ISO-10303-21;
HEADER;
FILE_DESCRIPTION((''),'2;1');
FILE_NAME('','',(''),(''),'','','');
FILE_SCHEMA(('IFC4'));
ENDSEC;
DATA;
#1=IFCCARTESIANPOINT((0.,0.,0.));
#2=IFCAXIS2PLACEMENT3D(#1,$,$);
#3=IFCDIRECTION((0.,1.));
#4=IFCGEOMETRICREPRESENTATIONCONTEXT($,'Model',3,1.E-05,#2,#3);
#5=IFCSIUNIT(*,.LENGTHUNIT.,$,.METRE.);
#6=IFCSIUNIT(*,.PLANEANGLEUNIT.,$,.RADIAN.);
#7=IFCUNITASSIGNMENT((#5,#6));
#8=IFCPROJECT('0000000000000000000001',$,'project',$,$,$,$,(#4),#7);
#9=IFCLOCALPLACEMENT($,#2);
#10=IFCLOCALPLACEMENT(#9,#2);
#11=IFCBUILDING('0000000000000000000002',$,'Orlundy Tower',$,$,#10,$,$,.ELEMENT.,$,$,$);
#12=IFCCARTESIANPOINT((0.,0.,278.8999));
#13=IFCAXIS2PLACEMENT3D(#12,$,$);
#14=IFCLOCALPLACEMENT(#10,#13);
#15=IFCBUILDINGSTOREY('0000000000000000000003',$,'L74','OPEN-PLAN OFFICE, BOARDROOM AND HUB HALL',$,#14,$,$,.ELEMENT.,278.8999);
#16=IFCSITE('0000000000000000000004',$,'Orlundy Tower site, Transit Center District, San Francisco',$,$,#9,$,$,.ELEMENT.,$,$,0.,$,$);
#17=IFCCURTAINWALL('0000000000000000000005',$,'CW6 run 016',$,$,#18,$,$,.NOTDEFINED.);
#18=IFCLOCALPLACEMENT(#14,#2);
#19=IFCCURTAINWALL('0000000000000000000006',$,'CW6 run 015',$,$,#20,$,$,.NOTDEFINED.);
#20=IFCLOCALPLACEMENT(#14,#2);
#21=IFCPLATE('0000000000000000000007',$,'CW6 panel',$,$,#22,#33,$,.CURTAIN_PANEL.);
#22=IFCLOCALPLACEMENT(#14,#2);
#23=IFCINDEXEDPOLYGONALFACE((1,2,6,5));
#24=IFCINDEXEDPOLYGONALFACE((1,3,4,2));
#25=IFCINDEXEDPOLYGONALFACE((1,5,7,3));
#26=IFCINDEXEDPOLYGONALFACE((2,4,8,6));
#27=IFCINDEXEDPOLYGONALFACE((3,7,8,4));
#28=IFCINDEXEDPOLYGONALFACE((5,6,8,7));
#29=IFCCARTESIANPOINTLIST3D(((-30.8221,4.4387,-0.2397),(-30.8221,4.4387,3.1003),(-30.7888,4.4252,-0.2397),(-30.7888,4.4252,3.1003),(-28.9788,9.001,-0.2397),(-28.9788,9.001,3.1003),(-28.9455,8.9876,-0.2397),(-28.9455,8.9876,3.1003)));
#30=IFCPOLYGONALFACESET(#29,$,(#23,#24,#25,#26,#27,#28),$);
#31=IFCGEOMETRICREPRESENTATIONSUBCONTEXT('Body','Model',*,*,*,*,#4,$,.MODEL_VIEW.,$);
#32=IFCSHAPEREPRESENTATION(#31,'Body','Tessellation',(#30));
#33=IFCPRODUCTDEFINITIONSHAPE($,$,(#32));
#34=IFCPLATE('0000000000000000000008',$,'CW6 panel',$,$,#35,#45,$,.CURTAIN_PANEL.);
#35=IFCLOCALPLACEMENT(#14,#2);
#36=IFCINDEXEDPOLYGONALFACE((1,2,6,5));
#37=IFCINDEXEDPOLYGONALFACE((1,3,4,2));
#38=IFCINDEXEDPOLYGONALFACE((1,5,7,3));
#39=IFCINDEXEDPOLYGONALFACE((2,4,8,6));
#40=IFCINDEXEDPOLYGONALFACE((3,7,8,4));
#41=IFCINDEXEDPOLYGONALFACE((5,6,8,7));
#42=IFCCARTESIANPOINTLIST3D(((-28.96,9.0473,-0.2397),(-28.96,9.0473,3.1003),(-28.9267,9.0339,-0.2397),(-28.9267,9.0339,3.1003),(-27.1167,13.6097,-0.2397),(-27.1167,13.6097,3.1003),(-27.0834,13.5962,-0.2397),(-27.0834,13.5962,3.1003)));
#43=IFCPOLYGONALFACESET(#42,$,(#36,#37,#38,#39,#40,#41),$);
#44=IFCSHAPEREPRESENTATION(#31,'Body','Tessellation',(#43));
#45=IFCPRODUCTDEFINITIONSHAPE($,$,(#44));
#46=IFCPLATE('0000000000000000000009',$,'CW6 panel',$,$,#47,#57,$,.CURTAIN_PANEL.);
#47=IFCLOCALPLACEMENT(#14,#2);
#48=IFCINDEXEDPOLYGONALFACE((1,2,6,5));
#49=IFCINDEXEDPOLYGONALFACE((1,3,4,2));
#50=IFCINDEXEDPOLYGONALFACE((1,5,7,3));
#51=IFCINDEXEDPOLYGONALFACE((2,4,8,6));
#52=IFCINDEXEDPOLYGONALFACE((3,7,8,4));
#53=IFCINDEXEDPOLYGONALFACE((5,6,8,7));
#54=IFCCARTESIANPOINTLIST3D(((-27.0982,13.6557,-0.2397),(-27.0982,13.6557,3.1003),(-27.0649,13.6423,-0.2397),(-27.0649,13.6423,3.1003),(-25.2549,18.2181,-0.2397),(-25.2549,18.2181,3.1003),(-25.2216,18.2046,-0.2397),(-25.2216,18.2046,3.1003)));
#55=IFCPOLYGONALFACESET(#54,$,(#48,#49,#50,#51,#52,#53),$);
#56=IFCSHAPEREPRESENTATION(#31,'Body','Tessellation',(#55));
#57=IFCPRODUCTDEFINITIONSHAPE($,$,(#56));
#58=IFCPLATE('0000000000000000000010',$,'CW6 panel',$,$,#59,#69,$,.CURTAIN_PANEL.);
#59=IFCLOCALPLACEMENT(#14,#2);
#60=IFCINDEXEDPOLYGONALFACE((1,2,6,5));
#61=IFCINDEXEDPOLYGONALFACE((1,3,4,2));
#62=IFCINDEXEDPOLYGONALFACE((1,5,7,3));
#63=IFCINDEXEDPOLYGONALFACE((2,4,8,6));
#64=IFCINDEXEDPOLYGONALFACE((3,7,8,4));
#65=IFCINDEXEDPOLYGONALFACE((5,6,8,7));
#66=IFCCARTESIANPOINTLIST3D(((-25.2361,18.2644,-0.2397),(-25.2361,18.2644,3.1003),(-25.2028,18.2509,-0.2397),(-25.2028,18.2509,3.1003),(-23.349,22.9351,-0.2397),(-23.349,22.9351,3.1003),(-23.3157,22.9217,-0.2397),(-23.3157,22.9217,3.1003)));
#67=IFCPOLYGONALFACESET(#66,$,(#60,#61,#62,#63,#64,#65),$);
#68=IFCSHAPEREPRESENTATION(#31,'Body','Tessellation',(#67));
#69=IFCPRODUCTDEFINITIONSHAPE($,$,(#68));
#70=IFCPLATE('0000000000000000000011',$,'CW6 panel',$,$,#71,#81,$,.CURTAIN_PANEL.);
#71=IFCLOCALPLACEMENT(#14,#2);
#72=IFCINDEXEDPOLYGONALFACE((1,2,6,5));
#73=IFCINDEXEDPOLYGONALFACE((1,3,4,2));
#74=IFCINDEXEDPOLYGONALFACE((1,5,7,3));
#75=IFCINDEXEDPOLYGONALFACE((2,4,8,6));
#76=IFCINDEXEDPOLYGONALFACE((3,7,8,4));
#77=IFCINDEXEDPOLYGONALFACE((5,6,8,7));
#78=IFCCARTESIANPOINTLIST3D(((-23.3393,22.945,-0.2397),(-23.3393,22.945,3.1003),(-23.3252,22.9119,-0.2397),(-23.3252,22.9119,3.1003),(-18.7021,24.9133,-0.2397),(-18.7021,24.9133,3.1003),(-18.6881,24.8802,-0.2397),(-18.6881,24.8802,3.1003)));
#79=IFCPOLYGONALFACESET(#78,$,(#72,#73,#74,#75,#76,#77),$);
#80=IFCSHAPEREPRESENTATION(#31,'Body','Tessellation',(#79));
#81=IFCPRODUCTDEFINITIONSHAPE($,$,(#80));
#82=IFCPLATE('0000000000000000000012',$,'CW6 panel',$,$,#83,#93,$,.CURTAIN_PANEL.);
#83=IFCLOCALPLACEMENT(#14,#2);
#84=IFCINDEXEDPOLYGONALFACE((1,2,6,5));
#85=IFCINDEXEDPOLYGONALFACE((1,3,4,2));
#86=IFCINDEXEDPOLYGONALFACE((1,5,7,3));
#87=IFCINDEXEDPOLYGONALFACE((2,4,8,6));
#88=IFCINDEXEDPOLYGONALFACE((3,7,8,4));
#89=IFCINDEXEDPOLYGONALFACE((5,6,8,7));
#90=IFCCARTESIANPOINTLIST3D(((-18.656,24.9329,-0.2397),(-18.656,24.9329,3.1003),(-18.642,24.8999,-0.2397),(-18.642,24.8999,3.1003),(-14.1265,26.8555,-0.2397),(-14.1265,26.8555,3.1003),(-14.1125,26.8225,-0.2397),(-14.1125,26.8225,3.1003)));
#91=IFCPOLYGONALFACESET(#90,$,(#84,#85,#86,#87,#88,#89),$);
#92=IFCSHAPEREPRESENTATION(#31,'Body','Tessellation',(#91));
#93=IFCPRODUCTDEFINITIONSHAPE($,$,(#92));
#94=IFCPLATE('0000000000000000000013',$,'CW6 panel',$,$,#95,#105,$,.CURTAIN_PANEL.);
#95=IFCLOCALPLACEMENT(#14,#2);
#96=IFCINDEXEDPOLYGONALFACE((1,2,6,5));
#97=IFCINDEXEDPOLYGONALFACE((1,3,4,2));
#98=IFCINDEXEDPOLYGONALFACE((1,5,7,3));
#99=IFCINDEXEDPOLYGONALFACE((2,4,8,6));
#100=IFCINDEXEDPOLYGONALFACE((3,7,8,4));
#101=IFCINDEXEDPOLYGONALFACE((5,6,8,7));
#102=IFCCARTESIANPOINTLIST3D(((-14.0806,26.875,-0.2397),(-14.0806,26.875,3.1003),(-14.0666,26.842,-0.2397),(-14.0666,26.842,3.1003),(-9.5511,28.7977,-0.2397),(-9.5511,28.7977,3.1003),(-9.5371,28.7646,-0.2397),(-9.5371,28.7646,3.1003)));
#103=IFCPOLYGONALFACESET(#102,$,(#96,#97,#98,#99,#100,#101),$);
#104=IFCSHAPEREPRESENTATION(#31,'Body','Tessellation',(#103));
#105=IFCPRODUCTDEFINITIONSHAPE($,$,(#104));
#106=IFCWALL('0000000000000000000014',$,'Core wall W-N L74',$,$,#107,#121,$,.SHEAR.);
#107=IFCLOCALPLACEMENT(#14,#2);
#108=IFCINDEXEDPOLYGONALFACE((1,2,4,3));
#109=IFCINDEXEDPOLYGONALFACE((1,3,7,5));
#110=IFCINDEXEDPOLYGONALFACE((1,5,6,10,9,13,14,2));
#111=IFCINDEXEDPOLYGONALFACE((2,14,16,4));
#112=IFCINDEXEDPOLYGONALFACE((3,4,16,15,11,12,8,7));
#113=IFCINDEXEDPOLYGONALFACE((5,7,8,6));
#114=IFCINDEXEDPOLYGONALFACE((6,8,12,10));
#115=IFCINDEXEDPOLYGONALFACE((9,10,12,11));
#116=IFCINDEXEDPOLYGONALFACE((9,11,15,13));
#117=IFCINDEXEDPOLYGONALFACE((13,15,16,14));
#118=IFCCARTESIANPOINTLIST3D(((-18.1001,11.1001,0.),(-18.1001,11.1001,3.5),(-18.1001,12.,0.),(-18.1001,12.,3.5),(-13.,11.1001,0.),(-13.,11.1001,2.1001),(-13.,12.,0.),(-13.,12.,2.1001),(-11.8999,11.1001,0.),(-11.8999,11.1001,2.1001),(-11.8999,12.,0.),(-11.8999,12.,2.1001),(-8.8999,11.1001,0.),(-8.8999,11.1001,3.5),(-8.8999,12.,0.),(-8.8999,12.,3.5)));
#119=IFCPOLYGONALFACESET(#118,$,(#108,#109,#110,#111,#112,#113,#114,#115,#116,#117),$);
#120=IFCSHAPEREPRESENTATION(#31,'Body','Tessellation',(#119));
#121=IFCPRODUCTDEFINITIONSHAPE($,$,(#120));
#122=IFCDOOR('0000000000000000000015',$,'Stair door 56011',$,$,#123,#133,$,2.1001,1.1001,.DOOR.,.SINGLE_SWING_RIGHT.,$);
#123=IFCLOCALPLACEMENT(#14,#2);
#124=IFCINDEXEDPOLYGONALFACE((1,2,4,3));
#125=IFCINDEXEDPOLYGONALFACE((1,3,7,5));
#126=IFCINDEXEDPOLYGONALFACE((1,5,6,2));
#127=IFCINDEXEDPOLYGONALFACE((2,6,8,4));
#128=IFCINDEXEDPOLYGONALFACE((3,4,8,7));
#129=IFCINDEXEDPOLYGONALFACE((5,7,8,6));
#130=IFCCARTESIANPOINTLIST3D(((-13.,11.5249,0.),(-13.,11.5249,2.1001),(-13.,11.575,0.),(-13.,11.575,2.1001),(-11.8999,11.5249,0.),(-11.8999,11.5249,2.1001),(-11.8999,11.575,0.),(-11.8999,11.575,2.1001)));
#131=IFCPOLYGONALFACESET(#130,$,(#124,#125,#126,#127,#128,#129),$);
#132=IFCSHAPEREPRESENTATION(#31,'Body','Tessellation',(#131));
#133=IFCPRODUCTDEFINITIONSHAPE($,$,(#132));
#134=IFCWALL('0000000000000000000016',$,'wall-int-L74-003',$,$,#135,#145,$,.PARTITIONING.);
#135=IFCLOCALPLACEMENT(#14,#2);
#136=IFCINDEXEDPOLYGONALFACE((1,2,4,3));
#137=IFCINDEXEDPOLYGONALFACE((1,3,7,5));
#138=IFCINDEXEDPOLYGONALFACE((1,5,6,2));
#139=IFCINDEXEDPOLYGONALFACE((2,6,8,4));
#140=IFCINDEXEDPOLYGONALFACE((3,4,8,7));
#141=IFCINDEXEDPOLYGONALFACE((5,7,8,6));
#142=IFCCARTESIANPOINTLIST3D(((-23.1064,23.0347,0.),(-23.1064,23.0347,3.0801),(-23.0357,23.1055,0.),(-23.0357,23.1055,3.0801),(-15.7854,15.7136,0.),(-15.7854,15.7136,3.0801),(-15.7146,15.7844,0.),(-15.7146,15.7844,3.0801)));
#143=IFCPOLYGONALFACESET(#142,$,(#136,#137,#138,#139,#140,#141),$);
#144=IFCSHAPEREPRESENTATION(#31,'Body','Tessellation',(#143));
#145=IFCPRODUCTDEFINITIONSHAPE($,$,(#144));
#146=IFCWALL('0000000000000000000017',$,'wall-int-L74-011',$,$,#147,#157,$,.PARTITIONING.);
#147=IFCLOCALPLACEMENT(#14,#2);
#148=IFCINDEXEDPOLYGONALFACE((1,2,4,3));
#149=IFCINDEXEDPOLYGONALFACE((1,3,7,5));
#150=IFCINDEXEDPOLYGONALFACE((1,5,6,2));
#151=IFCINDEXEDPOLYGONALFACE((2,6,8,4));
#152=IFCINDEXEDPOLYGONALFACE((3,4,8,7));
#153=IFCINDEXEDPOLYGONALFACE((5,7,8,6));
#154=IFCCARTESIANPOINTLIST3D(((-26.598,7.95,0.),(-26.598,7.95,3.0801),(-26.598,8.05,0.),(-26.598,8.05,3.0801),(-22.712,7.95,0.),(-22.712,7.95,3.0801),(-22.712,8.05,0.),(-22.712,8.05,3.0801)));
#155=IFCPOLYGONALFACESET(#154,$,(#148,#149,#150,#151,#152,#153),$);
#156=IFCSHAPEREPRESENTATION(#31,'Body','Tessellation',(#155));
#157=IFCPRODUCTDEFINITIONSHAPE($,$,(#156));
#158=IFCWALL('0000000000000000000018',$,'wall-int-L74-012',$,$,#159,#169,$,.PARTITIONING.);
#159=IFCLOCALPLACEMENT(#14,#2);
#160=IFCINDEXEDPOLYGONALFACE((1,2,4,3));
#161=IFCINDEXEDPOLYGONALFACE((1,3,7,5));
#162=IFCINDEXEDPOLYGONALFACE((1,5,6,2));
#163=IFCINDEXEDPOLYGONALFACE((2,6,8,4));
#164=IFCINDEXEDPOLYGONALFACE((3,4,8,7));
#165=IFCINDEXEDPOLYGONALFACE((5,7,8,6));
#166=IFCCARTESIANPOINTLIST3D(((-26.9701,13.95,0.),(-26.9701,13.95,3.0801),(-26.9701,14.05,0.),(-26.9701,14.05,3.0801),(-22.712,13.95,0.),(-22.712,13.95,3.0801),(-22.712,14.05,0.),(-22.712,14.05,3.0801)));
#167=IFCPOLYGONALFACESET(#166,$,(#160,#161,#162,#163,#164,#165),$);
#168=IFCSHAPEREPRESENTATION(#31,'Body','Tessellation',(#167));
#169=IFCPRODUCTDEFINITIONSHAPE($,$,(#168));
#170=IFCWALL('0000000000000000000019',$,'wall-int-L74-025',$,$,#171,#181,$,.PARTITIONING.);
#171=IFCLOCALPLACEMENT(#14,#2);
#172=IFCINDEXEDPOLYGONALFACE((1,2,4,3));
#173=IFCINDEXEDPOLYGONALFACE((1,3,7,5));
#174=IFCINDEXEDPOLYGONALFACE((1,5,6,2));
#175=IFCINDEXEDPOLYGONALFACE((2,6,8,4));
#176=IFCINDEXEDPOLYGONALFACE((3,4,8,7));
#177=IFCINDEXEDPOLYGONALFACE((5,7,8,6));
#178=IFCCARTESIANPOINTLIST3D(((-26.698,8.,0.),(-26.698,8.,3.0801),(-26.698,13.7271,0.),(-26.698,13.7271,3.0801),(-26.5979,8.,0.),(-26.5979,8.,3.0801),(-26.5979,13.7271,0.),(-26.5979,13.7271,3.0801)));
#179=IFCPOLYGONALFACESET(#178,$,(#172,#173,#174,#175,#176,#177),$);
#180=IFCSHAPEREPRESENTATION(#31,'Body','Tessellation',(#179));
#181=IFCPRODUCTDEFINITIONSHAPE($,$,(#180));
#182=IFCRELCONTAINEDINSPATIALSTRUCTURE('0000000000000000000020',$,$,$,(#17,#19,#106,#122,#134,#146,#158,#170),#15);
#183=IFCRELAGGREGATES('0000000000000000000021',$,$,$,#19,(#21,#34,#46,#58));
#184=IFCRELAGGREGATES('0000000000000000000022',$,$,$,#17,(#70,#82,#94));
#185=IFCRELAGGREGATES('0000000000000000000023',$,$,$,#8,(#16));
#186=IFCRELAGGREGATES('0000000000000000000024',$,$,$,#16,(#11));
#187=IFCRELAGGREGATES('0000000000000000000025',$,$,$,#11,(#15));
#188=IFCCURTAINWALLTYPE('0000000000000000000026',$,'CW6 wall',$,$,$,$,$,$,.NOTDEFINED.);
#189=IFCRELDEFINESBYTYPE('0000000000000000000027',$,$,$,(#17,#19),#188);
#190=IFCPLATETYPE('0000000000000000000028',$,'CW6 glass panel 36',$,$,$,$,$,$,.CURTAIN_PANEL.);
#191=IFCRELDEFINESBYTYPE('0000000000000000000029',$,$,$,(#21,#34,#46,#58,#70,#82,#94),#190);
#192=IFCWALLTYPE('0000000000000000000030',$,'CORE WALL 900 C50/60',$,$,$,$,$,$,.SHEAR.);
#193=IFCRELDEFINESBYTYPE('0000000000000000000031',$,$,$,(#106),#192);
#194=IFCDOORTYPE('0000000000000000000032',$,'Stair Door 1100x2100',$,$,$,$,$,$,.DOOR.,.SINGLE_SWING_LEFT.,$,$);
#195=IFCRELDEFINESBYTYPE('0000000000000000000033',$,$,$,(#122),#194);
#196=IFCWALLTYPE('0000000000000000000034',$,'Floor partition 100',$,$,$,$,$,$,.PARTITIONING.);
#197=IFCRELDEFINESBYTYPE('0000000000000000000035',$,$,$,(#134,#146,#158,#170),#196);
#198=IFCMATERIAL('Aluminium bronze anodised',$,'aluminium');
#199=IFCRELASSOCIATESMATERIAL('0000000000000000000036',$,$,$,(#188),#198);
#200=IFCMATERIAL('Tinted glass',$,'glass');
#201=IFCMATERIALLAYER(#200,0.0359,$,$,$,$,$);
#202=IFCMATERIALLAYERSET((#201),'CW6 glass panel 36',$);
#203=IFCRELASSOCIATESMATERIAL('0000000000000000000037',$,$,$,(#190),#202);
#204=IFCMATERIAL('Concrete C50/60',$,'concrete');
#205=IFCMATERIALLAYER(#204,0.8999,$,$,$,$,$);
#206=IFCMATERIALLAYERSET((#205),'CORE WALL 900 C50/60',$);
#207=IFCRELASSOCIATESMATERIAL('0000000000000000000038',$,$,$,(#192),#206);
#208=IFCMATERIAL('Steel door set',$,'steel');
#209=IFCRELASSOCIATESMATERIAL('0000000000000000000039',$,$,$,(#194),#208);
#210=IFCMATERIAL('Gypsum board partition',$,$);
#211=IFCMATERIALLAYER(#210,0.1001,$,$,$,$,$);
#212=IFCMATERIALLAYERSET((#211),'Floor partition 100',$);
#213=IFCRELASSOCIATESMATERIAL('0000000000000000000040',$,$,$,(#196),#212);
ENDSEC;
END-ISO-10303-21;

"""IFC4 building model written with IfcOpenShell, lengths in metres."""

from ifc_helpers import new_model, si_unit, direction, frame, frame_2d, origin, origin_2d, place, context, subcontext, project, spatial, rectangle, extrude, material, layer, layer_set, type_object, element, fill, aggregate, save


model = new_model("IFC4")

# Units and contexts
model_context = context("Model", 3, precision=1e-05, world=origin(), true_north=direction((0.0, 1.0)))
body_context = subcontext(model_context, "Body", "Model", "MODEL_VIEW")
ifc_project = project(units=[si_unit("LENGTHUNIT", "METRE"), si_unit("PLANEANGLEUNIT", "RADIAN")], contexts=[model_context])

# Site, building, storey
site_placement = place(None, origin())
site = spatial("IfcSite", under=ifc_project, at=site_placement, Name="Orlundy Tower site, Transit Center District, San Francisco", CompositionType="ELEMENT", RefElevation=0.0)
building_placement = place(site_placement, origin())
building = spatial("IfcBuilding", under=site, at=building_placement, Name="Orlundy Tower", CompositionType="ELEMENT")
storey_placement = place(building_placement, frame((0.0, 0.0, 278.8999)))
storey = spatial("IfcBuildingStorey", under=building, at=storey_placement, Name="L74", Description="OPEN-PLAN OFFICE, BOARDROOM AND HUB HALL", CompositionType="ELEMENT", Elevation=278.8999)

# Curtain wall
ifc_material_1 = material(Name="Aluminium bronze anodised", Category="aluminium")
curtain_wall_type = type_object("IfcCurtainWallType", Name="CW6 wall", PredefinedType="NOTDEFINED", material=ifc_material_1)
curtain_wall_1_placement = place(storey_placement, origin())
curtain_wall_1 = element("IfcCurtainWall", 1, at=curtain_wall_1_placement, inside=storey, type_object=curtain_wall_type, Name="CW6 run 016", PredefinedType="NOTDEFINED")

# Curtain wall
curtain_wall_2_placement = place(storey_placement, origin())
curtain_wall_2 = element("IfcCurtainWall", 2, at=curtain_wall_2_placement, inside=storey, type_object=curtain_wall_type, Name="CW6 run 015", PredefinedType="NOTDEFINED")

# Plates
ifc_material_2 = material(Name="Tinted glass", Category="glass")
ifc_layer_1 = layer(ifc_material_2, 0.0359)
ifc_layer_set_1 = layer_set([ifc_layer_1], Name="CW6 glass panel 36")
plate_type = type_object("IfcPlateType", Name="CW6 glass panel 36", PredefinedType="CURTAIN_PANEL", material=ifc_layer_set_1)
plate_1_placement = place(storey_placement, frame((-29.8838, 6.7131, -0.2397), z_axis=(0.0, 0.0, 1.0), x_axis=(0.374607, 0.927184, 0.0)))
plate_1 = element("IfcPlate", 3, at=plate_1_placement, type_object=plate_type, Name="CW6 panel", PredefinedType="CURTAIN_PANEL", context=body_context, shape_type="SweptSolid", body=[
    extrude(rectangle(XDim=4.9207, YDim=0.0359, at=origin_2d()), origin(), (0.0, 0.0, 1.0), 3.3401),
])
plate_2_placement = place(storey_placement, frame((-28.0217, 11.3218, -0.2397), z_axis=(0.0, 0.0, 1.0), x_axis=(0.374607, 0.927184, 0.0)))
plate_2 = element("IfcPlate", 4, at=plate_2_placement, type_object=plate_type, Name="CW6 panel", PredefinedType="CURTAIN_PANEL", context=body_context, shape_type="SweptSolid", body=[
    extrude(rectangle(XDim=4.9207, YDim=0.0359, at=origin_2d()), origin(), (0.0, 0.0, 1.0), 3.3401),
])
plate_3_placement = place(storey_placement, frame((-26.1599, 15.9302, -0.2397), z_axis=(0.0, 0.0, 1.0), x_axis=(0.374607, 0.927184, 0.0)))
plate_3 = element("IfcPlate", 5, at=plate_3_placement, type_object=plate_type, Name="CW6 panel", PredefinedType="CURTAIN_PANEL", context=body_context, shape_type="SweptSolid", body=[
    extrude(rectangle(XDim=4.9207, YDim=0.0359, at=origin_2d()), origin(), (0.0, 0.0, 1.0), 3.3401),
])
plate_4_placement = place(storey_placement, frame((-24.2759, 20.593, -0.2397), z_axis=(0.0, 0.0, 1.0), x_axis=(0.374607, 0.927184, 0.0)))
plate_4 = element("IfcPlate", 6, at=plate_4_placement, type_object=plate_type, Name="CW6 panel", PredefinedType="CURTAIN_PANEL", context=body_context, shape_type="SweptSolid", body=[
    extrude(rectangle(XDim=5.0376, YDim=0.0359, at=origin_2d()), origin(), (0.0, 0.0, 1.0), 3.3401),
])
aggregate(curtain_wall_2, [plate_1, plate_2, plate_3, plate_4])
plate_5_placement = place(storey_placement, frame((-21.0137, 23.9126, -0.2397), z_axis=(0.0, 0.0, 1.0), x_axis=(0.920507, 0.390727, 0.0)))
plate_5 = element("IfcPlate", 7, at=plate_5_placement, type_object=plate_type, Name="CW6 panel", PredefinedType="CURTAIN_PANEL", context=body_context, shape_type="SweptSolid", body=[
    extrude(rectangle(XDim=5.0376, YDim=0.0359, at=origin_2d()), origin(), (0.0, 0.0, 1.0), 3.3401),
])
plate_6_placement = place(storey_placement, frame((-16.3843, 25.8777, -0.2397), z_axis=(0.0, 0.0, 1.0), x_axis=(0.920507, 0.390727, 0.0)))
plate_6 = element("IfcPlate", 8, at=plate_6_placement, type_object=plate_type, Name="CW6 panel", PredefinedType="CURTAIN_PANEL", context=body_context, shape_type="SweptSolid", body=[
    extrude(rectangle(XDim=4.9207, YDim=0.0359, at=origin_2d()), origin(), (0.0, 0.0, 1.0), 3.3401),
])
plate_7_placement = place(storey_placement, frame((-11.8088, 27.8198, -0.2397), z_axis=(0.0, 0.0, 1.0), x_axis=(0.920507, 0.390727, 0.0)))
plate_7 = element("IfcPlate", 9, at=plate_7_placement, type_object=plate_type, Name="CW6 panel", PredefinedType="CURTAIN_PANEL", context=body_context, shape_type="SweptSolid", body=[
    extrude(rectangle(XDim=4.9207, YDim=0.0359, at=origin_2d()), origin(), (0.0, 0.0, 1.0), 3.3401),
])
aggregate(curtain_wall_1, [plate_5, plate_6, plate_7])

# Wall, opening, door
ifc_material_3 = material(Name="Concrete C50/60", Category="concrete")
ifc_layer_2 = layer(ifc_material_3, 0.8999)
ifc_layer_set_2 = layer_set([ifc_layer_2], Name="CORE WALL 900 C50/60")
wall_type_1 = type_object("IfcWallType", Name="CORE WALL 900 C50/60", PredefinedType="SHEAR", material=ifc_layer_set_2)
wall_1_placement = place(storey_placement, frame((-18.1001, 11.55, 0.0), z_axis=(0.0, 0.0, 1.0), x_axis=(1.0, 0.0, 0.0)))
wall_1 = element("IfcWall", 10, at=wall_1_placement, inside=storey, type_object=wall_type_1, Name="Core wall W-N L74", PredefinedType="SHEAR", context=body_context, shape_type="SweptSolid", body=[
    extrude(rectangle(XDim=9.2002, YDim=0.8999, at=frame_2d((4.6001, 0.0))), origin(), (0.0, 0.0, 1.0), 3.5),
])
opening_1_placement = place(wall_1_placement, frame((5.1001, 0.0, 0.0)))
opening_1 = element("IfcOpeningElement", 11, at=opening_1_placement, cuts=wall_1, PredefinedType="OPENING", context=body_context, shape_type="SweptSolid", body=[
    extrude(rectangle(XDim=1.1001, YDim=2.1001, at=frame_2d((0.55, 1.05))), frame((0.0, 0.46, 0.0), z_axis=(0.0, -1.0, 0.0), x_axis=(1.0, 0.0, 0.0)), (0.0, 0.0, 1.0), 0.9199),
])
ifc_material_4 = material(Name="Steel door set", Category="steel")
door_type_1 = type_object("IfcDoorType", Name="Stair Door 1100x2100", OperationType="SINGLE_SWING_LEFT", PredefinedType="DOOR", material=ifc_material_4)
door_1_placement = place(opening_1_placement, origin())
door_1 = element("IfcDoor", 12, at=door_1_placement, inside=storey, type_object=door_type_1, Name="Stair door 56011", OperationType="SINGLE_SWING_RIGHT", OverallHeight=2.1001, OverallWidth=1.1001, PredefinedType="DOOR", context=body_context, shape_type="SweptSolid", body=[
    extrude(rectangle(XDim=1.1001, YDim=2.1001, at=frame_2d((0.55, 1.05))), frame((0.0, 0.0249, 0.0), z_axis=(0.0, -1.0, 0.0), x_axis=(1.0, 0.0, 0.0)), (0.0, 0.0, 1.0), 0.05),
])
fill(opening_1, door_1)

# Walls
ifc_material_5 = material(Name="Gypsum board partition")
ifc_layer_3 = layer(ifc_material_5, 0.1001)
ifc_layer_set_3 = layer_set([ifc_layer_3], Name="Floor partition 100")
wall_type_2 = type_object("IfcWallType", Name="Floor partition 100", PredefinedType="PARTITIONING", material=ifc_layer_set_3)
wall_2_placement = place(storey_placement, frame((-23.071, 23.0701, 0.0), z_axis=(0.0, 0.0, 1.0), x_axis=(0.707107, -0.707107, 0.0)))
element("IfcWall", 13, at=wall_2_placement, inside=storey, type_object=wall_type_2, Name="wall-int-L74-003", PredefinedType="PARTITIONING", context=body_context, shape_type="SweptSolid", body=[
    extrude(rectangle(XDim=10.3535, YDim=0.1001, at=frame_2d((5.1768, 0.0))), origin(), (0.0, 0.0, 1.0), 3.0801),
])
wall_3_placement = place(storey_placement, frame((-26.5979, 8.0, 0.0), z_axis=(0.0, 0.0, 1.0), x_axis=(1.0, 0.0, 0.0)))
element("IfcWall", 14, at=wall_3_placement, inside=storey, type_object=wall_type_2, Name="wall-int-L74-011", PredefinedType="PARTITIONING", context=body_context, shape_type="SweptSolid", body=[
    extrude(rectangle(XDim=3.886, YDim=0.1001, at=frame_2d((1.9429, 0.0))), origin(), (0.0, 0.0, 1.0), 3.0801),
])
wall_4_placement = place(storey_placement, frame((-26.97, 14.0, 0.0), z_axis=(0.0, 0.0, 1.0), x_axis=(1.0, 0.0, 0.0)))
element("IfcWall", 15, at=wall_4_placement, inside=storey, type_object=wall_type_2, Name="wall-int-L74-012", PredefinedType="PARTITIONING", context=body_context, shape_type="SweptSolid", body=[
    extrude(rectangle(XDim=4.2581, YDim=0.1001, at=frame_2d((2.1289, 0.0))), origin(), (0.0, 0.0, 1.0), 3.0801),
])
wall_5_placement = place(storey_placement, frame((-26.6479, 8.0, 0.0), z_axis=(0.0, 0.0, 1.0), x_axis=(0.0, 1.0, 0.0)))
element("IfcWall", 16, at=wall_5_placement, inside=storey, type_object=wall_type_2, Name="wall-int-L74-025", PredefinedType="PARTITIONING", context=body_context, shape_type="SweptSolid", body=[
    extrude(rectangle(XDim=5.7271, YDim=0.1001, at=frame_2d((2.8635, 0.0))), origin(), (0.0, 0.0, 1.0), 3.0801),
])

save(model, "model.ifc")
